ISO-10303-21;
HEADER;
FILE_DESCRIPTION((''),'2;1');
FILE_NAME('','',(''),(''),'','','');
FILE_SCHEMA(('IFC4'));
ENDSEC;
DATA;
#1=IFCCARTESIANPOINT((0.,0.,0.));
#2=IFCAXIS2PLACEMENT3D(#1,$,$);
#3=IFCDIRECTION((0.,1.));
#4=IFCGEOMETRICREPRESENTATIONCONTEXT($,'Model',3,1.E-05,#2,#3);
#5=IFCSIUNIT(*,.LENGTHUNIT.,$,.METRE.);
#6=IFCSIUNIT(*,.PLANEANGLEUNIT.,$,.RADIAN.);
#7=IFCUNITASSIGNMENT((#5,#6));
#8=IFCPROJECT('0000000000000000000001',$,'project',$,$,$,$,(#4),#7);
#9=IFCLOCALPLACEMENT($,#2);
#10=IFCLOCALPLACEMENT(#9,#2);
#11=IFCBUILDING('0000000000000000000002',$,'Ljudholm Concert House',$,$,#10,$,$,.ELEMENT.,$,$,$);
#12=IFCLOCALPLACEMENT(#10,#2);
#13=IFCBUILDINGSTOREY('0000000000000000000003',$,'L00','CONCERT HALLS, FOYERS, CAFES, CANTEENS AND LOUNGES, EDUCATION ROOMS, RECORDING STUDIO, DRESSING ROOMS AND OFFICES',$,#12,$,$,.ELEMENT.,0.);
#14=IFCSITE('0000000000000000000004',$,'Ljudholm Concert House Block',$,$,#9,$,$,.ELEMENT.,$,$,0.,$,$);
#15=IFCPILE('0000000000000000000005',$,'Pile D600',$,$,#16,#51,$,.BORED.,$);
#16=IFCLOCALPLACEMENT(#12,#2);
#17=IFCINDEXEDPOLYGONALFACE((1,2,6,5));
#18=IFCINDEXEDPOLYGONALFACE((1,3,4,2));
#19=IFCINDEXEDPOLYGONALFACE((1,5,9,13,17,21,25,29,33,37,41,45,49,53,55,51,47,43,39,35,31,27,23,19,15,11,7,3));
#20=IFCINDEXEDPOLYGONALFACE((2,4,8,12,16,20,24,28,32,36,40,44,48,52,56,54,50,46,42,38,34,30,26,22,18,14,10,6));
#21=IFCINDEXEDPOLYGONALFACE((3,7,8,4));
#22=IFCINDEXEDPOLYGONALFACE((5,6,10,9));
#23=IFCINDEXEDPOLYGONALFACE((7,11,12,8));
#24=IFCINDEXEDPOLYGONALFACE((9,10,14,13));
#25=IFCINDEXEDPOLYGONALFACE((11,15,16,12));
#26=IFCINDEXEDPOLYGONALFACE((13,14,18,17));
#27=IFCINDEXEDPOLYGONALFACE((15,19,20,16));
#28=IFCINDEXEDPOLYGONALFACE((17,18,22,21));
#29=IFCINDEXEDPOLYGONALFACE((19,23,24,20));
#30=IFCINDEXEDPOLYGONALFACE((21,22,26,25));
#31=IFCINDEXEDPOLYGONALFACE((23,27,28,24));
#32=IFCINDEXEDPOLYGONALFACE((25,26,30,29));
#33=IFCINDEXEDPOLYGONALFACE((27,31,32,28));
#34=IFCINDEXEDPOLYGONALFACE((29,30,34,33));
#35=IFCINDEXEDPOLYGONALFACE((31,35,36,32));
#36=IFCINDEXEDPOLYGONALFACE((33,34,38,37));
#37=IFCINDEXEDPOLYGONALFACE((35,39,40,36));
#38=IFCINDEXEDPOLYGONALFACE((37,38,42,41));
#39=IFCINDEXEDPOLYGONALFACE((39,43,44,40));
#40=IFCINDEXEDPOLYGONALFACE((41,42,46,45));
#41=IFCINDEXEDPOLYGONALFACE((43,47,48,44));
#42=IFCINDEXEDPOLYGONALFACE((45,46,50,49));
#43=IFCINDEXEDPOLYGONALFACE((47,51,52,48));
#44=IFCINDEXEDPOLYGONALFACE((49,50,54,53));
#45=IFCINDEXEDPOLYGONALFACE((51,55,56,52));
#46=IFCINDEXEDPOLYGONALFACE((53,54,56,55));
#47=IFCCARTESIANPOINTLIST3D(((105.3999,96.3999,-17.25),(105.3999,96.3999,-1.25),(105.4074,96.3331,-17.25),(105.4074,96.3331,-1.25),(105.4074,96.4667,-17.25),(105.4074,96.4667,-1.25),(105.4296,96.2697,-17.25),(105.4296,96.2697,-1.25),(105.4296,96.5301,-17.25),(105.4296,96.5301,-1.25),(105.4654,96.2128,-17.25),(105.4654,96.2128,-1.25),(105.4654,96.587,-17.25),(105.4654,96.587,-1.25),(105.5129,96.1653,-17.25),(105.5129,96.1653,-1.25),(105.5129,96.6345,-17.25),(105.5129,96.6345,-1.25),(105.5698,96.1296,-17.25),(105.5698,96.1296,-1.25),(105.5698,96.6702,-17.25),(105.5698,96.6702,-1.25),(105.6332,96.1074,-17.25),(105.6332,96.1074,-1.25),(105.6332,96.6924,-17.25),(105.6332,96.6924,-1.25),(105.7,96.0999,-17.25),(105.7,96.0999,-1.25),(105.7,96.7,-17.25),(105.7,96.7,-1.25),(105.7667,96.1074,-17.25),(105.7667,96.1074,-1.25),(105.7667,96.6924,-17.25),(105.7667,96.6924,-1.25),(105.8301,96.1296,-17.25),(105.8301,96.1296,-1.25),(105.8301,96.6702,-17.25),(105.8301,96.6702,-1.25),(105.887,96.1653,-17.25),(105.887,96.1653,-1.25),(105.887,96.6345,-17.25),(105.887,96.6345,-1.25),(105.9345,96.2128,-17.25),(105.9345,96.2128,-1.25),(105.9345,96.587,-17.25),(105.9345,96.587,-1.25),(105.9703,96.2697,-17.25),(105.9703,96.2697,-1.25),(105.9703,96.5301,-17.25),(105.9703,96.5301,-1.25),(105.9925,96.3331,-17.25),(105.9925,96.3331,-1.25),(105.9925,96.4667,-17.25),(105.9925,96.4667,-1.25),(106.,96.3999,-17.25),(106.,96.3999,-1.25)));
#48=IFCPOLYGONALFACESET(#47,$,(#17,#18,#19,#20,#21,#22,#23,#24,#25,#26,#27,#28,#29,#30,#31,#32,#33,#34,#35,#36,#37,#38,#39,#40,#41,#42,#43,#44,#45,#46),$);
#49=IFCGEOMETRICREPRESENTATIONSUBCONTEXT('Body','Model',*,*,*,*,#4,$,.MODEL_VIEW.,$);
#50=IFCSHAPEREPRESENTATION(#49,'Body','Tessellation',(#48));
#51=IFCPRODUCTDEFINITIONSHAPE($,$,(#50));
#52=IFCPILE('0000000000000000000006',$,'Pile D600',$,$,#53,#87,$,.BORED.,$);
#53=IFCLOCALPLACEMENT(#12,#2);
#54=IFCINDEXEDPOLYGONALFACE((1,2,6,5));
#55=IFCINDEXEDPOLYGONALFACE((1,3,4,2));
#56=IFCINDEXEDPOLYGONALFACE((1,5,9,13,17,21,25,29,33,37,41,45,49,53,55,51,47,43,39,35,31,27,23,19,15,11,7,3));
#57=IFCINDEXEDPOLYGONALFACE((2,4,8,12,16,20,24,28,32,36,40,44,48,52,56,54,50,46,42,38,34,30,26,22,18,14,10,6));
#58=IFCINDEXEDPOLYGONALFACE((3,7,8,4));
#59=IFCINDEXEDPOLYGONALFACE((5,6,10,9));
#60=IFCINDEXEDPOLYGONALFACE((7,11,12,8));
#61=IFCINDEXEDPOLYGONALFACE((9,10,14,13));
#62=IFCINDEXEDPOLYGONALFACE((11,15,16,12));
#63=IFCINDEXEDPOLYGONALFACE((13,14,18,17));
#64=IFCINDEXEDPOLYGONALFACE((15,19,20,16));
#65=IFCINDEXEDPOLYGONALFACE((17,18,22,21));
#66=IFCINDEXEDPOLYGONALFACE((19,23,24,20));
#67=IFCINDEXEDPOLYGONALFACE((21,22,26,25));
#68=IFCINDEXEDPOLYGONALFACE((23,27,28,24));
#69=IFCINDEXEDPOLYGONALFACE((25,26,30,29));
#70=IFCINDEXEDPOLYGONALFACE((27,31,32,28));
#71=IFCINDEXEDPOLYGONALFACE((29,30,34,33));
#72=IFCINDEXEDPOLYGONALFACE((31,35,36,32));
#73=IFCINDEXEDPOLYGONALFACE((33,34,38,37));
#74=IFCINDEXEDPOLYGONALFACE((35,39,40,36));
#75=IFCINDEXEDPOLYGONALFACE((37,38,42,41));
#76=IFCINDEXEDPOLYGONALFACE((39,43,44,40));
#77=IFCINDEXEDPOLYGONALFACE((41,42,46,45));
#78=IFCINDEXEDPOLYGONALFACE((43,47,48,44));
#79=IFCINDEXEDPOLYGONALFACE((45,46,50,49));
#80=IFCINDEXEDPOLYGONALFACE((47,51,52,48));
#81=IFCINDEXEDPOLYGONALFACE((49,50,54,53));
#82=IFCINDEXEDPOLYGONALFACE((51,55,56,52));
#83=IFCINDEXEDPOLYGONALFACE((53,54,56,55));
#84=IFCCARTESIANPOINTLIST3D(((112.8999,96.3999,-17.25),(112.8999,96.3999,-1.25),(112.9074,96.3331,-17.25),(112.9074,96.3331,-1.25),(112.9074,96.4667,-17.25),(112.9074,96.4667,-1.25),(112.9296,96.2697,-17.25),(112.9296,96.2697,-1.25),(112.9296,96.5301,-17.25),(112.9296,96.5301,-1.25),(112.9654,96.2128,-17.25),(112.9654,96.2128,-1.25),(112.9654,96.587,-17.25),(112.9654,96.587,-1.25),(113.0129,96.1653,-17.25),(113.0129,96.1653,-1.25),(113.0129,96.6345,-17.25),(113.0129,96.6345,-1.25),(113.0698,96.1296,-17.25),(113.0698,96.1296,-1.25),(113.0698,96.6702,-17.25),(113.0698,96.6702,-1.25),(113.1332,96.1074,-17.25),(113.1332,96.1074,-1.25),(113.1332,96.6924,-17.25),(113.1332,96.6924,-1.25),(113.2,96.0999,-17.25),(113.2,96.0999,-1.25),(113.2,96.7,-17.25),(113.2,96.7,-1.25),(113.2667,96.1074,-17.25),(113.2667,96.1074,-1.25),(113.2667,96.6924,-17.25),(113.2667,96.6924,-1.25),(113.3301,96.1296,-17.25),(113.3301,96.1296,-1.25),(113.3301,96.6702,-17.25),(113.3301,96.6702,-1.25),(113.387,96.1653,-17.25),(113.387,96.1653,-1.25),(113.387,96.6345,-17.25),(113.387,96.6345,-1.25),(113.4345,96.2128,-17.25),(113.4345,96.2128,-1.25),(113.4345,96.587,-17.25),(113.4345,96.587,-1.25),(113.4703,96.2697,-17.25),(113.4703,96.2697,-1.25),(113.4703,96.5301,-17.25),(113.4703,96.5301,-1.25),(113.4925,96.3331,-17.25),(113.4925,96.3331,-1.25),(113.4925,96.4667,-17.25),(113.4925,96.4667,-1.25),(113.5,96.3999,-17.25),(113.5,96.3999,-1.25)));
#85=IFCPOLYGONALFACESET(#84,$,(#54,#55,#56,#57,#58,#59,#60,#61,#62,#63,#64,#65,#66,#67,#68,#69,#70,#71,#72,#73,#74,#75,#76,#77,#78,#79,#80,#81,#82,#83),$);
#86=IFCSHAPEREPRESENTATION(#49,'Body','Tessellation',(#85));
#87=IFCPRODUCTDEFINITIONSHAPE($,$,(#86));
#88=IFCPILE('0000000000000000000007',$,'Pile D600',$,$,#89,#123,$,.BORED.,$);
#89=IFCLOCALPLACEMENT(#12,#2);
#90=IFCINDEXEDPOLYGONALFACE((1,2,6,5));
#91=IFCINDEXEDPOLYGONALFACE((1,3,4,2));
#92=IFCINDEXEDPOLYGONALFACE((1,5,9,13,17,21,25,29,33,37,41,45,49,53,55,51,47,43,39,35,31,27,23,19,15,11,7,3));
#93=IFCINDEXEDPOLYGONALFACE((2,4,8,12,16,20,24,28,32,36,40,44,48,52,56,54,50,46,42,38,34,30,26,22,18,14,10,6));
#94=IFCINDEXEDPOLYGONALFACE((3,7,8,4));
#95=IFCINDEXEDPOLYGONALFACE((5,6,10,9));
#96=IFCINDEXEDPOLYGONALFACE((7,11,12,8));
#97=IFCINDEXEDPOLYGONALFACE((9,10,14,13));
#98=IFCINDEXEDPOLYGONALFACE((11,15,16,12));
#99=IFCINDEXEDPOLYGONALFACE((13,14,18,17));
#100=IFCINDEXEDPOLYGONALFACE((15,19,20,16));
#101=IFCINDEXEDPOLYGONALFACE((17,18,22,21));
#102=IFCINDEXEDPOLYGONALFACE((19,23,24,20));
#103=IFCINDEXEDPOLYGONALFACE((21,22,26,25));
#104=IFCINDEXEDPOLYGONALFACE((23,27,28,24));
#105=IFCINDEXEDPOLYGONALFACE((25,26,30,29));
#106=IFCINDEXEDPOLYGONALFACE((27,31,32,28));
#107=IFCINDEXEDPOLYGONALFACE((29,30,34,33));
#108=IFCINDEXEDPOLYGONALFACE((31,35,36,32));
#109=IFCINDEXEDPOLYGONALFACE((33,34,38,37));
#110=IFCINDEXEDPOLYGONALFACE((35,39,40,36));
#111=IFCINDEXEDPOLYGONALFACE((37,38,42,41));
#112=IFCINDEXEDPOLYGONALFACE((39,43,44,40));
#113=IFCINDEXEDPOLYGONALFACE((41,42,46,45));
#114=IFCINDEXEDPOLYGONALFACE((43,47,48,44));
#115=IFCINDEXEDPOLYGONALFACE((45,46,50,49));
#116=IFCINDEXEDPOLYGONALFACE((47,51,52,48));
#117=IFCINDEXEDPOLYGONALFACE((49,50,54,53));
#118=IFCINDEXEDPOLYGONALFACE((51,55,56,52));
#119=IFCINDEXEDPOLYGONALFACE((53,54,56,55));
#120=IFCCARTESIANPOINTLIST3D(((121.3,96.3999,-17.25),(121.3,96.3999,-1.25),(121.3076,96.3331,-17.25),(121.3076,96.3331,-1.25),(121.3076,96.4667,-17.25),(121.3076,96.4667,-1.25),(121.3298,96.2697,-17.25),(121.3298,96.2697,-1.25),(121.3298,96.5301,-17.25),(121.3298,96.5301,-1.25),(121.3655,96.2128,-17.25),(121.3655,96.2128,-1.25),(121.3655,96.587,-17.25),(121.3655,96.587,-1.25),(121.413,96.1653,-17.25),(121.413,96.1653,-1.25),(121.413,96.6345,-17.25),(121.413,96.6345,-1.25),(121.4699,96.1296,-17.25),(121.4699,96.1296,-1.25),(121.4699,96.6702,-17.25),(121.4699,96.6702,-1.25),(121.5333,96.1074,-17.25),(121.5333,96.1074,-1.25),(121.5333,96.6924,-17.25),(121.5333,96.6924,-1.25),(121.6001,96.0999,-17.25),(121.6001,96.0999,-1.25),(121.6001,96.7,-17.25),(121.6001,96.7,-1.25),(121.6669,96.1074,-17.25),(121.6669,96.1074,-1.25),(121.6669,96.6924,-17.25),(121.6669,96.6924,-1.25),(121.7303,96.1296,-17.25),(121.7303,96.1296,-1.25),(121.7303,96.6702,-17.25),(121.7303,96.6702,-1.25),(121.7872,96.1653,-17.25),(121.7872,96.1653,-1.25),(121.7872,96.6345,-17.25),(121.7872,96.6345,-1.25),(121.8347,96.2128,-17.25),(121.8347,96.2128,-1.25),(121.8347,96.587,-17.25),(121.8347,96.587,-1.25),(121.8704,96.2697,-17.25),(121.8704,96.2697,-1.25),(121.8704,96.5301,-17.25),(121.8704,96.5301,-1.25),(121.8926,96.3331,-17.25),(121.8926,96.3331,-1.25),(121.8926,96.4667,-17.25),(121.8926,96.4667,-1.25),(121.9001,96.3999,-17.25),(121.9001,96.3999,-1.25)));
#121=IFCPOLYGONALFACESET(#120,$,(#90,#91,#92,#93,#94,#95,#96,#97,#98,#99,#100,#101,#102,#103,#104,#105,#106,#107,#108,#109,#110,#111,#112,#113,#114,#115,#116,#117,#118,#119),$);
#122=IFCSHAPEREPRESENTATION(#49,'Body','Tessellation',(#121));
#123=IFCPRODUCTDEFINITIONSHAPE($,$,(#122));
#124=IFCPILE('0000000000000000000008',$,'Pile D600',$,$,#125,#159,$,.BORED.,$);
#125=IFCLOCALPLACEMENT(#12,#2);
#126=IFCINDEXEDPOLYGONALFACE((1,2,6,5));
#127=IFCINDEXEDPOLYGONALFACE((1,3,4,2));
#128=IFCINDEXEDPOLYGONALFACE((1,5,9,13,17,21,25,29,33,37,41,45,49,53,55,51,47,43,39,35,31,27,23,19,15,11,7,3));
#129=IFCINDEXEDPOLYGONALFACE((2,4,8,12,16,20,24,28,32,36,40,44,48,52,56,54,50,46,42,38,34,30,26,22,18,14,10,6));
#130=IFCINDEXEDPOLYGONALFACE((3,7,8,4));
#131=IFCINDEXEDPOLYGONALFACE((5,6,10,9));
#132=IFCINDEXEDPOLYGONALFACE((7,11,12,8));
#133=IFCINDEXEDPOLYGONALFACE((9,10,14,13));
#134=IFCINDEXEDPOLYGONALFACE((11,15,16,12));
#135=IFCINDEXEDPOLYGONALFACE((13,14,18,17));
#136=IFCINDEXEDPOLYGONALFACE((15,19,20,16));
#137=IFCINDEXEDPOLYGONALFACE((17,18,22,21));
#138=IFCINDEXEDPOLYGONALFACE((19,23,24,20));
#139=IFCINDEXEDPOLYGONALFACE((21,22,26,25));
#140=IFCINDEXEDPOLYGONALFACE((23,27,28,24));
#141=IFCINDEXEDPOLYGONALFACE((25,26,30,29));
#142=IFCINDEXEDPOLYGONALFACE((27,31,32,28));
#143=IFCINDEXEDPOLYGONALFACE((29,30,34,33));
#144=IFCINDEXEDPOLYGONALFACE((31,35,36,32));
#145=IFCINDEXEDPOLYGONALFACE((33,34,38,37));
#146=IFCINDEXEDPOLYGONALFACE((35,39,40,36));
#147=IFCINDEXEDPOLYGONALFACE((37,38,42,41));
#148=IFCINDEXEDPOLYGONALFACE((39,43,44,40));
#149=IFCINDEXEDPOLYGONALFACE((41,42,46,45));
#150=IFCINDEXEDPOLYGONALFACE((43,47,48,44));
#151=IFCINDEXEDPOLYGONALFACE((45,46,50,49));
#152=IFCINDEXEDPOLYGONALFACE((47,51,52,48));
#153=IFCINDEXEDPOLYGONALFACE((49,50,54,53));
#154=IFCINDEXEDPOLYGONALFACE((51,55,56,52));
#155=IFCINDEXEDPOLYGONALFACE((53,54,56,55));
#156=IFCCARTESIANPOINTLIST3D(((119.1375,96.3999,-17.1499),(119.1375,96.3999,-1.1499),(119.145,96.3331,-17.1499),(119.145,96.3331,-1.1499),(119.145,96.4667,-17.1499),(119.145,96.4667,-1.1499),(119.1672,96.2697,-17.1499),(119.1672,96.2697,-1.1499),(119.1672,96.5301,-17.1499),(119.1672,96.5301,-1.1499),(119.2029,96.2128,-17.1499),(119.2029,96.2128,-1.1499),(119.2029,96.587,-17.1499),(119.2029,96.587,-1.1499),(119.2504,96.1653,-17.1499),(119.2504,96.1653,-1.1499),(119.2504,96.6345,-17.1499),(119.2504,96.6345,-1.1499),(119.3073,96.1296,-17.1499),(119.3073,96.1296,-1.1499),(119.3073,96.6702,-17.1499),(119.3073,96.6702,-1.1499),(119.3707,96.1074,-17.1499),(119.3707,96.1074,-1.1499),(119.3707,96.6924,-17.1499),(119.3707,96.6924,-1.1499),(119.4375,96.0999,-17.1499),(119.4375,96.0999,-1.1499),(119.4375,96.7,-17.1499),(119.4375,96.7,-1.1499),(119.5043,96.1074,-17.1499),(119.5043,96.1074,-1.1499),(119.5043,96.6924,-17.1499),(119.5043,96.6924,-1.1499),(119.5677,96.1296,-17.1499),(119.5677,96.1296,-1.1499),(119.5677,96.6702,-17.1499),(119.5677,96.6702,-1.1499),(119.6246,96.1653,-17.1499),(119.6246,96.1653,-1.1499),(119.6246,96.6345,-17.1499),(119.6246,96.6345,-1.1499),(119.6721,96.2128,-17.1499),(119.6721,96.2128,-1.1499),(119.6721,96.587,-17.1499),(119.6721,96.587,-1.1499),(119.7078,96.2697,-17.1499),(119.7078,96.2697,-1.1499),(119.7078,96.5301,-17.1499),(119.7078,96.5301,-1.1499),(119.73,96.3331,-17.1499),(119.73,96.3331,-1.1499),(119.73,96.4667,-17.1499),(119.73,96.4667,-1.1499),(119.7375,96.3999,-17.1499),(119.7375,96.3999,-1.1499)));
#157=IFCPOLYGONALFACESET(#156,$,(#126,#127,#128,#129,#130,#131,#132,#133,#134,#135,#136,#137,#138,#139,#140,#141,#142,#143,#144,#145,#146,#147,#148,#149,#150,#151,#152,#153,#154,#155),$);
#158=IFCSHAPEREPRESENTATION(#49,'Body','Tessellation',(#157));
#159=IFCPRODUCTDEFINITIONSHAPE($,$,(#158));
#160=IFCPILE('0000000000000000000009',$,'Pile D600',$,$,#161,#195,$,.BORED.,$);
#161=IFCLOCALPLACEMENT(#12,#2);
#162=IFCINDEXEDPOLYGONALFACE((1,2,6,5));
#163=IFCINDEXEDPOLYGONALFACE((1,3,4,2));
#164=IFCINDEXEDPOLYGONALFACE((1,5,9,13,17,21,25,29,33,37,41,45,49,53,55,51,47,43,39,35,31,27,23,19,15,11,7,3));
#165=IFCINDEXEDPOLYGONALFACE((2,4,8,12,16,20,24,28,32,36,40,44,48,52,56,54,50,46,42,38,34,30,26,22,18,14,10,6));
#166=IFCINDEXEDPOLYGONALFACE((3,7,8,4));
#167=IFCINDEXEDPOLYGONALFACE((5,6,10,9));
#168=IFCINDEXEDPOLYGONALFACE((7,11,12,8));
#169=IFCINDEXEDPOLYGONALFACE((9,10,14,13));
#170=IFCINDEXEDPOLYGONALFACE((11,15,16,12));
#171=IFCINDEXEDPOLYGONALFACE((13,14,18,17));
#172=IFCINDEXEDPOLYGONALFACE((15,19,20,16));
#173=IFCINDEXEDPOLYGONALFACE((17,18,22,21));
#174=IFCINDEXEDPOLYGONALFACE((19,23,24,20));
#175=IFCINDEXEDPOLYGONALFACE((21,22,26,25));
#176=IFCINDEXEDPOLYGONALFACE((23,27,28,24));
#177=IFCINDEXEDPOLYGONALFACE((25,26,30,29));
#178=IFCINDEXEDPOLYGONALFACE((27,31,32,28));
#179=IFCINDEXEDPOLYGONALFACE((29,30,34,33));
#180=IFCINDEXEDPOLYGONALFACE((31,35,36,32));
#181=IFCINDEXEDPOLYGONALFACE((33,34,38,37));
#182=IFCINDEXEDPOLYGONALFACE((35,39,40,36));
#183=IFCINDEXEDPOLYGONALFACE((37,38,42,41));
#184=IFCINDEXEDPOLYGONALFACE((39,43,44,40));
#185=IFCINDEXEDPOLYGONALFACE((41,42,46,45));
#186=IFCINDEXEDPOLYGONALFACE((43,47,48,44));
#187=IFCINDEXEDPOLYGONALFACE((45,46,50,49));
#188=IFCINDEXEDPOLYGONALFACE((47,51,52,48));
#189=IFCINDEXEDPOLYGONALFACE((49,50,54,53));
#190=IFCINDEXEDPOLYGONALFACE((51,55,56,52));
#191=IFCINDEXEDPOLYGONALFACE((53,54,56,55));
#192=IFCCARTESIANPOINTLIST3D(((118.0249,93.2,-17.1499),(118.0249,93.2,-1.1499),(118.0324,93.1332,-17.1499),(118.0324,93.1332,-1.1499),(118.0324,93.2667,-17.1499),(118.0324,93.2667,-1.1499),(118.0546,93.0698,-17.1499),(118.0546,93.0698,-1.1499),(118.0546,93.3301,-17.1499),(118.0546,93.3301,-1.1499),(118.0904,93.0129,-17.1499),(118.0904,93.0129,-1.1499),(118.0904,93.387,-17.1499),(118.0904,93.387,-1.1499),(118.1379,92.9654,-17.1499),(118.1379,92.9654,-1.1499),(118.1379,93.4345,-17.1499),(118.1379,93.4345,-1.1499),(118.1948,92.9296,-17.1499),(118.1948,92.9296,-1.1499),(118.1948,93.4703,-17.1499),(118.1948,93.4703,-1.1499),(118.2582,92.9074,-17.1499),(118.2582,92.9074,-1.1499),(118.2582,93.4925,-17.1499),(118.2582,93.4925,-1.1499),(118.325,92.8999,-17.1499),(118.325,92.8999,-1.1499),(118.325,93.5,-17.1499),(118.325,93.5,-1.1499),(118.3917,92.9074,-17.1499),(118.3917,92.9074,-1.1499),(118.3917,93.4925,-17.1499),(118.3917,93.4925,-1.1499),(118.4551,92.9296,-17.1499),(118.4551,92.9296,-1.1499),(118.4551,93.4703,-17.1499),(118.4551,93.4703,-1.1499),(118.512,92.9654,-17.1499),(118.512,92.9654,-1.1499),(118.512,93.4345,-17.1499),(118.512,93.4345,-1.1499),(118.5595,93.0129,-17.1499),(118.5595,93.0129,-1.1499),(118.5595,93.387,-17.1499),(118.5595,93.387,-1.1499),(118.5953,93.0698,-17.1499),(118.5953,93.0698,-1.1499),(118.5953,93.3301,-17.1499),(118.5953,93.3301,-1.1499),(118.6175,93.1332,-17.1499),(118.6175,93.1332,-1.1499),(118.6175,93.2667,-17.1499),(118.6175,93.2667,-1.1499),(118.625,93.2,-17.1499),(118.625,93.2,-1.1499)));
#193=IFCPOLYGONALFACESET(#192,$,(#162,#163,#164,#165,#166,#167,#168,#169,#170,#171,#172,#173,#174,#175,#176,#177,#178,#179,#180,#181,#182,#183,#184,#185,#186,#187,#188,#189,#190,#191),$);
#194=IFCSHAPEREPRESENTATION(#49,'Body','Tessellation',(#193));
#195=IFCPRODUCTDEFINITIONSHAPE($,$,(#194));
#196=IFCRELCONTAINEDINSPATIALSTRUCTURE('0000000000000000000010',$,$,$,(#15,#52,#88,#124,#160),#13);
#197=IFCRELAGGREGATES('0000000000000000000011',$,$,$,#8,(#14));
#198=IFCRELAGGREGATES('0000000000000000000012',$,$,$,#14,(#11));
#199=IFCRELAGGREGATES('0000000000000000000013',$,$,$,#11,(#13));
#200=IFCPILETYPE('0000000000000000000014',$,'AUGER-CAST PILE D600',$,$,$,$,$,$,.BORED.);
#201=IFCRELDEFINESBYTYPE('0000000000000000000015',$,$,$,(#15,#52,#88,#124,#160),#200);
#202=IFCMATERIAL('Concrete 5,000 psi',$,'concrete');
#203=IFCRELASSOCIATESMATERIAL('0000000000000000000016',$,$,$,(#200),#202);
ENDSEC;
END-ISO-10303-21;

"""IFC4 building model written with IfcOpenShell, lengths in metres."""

from ifc_helpers import new_model, si_unit, direction, frame, origin, origin_2d, place, context, subcontext, project, spatial, circle, extrude, material, material_profile, profile_set, type_object, element, save


model = new_model("IFC4")

# Units and contexts
model_context = context("Model", 3, precision=1e-05, world=origin(), true_north=direction((0.0, 1.0)))
body_context = subcontext(model_context, "Body", "Model", "MODEL_VIEW")
ifc_project = project(units=[si_unit("LENGTHUNIT", "METRE"), si_unit("PLANEANGLEUNIT", "RADIAN")], contexts=[model_context])

# Site, building, storey
site_placement = place(None, origin())
site = spatial("IfcSite", under=ifc_project, at=site_placement, Name="Ljudholm Concert House Block", CompositionType="ELEMENT", RefElevation=0.0)
building_placement = place(site_placement, origin())
building = spatial("IfcBuilding", under=site, at=building_placement, Name="Ljudholm Concert House", CompositionType="ELEMENT")
storey_placement = place(building_placement, origin())
storey = spatial("IfcBuildingStorey", under=building, at=storey_placement, Name="L00", Description="CONCERT HALLS, FOYERS, CAFES, CANTEENS AND LOUNGES, EDUCATION ROOMS, RECORDING STUDIO, DRESSING ROOMS AND OFFICES", CompositionType="ELEMENT", Elevation=0.0)

# Piles
ifc_material_1 = material(Name="Concrete 5,000 psi", Category="concrete")
ifc_material_profile_1 = material_profile(ifc_material_1, circle(Radius=0.3, at=origin_2d()), Name="AUGER-CAST PILE D600")
ifc_profile_set_1 = profile_set([ifc_material_profile_1], Name="Concrete 5,000 psi")
pile_type = type_object("IfcPileType", Name="AUGER-CAST PILE D600", PredefinedType="BORED", material=ifc_profile_set_1)
for number, where, z_axis, x_axis, name in (
    (1, (105.7, 96.3999, -1.25), (0.0, 0.0, -1.0), (1.0, 0.0, 0.0), "Pile D600"),
    (2, (113.2, 96.3999, -1.25), (0.0, 0.0, -1.0), (1.0, 0.0, 0.0), "Pile D600"),
    (3, (121.6001, 96.3999, -1.25), (0.0, 0.0, -1.0), (1.0, 0.0, 0.0), "Pile D600"),
    (4, (119.4375, 96.3999, -1.1499), (0.0, 0.0, -1.0), (1.0, 0.0, 0.0), "Pile D600"),
    (5, (118.325, 93.2, -1.1499), (0.0, 0.0, -1.0), (1.0, 0.0, 0.0), "Pile D600"),
):
    element("IfcPile", number, at=place(storey_placement, frame(where, z_axis=z_axis, x_axis=x_axis)), inside=storey, type_object=pile_type, Name=name, PredefinedType="BORED", context=body_context, shape_type="SweptSolid", body=[
        extrude(circle(Radius=0.3, at=origin_2d()), origin(), (0.0, 0.0, 1.0), 16.0),
    ])

save(model, "model.ifc")
